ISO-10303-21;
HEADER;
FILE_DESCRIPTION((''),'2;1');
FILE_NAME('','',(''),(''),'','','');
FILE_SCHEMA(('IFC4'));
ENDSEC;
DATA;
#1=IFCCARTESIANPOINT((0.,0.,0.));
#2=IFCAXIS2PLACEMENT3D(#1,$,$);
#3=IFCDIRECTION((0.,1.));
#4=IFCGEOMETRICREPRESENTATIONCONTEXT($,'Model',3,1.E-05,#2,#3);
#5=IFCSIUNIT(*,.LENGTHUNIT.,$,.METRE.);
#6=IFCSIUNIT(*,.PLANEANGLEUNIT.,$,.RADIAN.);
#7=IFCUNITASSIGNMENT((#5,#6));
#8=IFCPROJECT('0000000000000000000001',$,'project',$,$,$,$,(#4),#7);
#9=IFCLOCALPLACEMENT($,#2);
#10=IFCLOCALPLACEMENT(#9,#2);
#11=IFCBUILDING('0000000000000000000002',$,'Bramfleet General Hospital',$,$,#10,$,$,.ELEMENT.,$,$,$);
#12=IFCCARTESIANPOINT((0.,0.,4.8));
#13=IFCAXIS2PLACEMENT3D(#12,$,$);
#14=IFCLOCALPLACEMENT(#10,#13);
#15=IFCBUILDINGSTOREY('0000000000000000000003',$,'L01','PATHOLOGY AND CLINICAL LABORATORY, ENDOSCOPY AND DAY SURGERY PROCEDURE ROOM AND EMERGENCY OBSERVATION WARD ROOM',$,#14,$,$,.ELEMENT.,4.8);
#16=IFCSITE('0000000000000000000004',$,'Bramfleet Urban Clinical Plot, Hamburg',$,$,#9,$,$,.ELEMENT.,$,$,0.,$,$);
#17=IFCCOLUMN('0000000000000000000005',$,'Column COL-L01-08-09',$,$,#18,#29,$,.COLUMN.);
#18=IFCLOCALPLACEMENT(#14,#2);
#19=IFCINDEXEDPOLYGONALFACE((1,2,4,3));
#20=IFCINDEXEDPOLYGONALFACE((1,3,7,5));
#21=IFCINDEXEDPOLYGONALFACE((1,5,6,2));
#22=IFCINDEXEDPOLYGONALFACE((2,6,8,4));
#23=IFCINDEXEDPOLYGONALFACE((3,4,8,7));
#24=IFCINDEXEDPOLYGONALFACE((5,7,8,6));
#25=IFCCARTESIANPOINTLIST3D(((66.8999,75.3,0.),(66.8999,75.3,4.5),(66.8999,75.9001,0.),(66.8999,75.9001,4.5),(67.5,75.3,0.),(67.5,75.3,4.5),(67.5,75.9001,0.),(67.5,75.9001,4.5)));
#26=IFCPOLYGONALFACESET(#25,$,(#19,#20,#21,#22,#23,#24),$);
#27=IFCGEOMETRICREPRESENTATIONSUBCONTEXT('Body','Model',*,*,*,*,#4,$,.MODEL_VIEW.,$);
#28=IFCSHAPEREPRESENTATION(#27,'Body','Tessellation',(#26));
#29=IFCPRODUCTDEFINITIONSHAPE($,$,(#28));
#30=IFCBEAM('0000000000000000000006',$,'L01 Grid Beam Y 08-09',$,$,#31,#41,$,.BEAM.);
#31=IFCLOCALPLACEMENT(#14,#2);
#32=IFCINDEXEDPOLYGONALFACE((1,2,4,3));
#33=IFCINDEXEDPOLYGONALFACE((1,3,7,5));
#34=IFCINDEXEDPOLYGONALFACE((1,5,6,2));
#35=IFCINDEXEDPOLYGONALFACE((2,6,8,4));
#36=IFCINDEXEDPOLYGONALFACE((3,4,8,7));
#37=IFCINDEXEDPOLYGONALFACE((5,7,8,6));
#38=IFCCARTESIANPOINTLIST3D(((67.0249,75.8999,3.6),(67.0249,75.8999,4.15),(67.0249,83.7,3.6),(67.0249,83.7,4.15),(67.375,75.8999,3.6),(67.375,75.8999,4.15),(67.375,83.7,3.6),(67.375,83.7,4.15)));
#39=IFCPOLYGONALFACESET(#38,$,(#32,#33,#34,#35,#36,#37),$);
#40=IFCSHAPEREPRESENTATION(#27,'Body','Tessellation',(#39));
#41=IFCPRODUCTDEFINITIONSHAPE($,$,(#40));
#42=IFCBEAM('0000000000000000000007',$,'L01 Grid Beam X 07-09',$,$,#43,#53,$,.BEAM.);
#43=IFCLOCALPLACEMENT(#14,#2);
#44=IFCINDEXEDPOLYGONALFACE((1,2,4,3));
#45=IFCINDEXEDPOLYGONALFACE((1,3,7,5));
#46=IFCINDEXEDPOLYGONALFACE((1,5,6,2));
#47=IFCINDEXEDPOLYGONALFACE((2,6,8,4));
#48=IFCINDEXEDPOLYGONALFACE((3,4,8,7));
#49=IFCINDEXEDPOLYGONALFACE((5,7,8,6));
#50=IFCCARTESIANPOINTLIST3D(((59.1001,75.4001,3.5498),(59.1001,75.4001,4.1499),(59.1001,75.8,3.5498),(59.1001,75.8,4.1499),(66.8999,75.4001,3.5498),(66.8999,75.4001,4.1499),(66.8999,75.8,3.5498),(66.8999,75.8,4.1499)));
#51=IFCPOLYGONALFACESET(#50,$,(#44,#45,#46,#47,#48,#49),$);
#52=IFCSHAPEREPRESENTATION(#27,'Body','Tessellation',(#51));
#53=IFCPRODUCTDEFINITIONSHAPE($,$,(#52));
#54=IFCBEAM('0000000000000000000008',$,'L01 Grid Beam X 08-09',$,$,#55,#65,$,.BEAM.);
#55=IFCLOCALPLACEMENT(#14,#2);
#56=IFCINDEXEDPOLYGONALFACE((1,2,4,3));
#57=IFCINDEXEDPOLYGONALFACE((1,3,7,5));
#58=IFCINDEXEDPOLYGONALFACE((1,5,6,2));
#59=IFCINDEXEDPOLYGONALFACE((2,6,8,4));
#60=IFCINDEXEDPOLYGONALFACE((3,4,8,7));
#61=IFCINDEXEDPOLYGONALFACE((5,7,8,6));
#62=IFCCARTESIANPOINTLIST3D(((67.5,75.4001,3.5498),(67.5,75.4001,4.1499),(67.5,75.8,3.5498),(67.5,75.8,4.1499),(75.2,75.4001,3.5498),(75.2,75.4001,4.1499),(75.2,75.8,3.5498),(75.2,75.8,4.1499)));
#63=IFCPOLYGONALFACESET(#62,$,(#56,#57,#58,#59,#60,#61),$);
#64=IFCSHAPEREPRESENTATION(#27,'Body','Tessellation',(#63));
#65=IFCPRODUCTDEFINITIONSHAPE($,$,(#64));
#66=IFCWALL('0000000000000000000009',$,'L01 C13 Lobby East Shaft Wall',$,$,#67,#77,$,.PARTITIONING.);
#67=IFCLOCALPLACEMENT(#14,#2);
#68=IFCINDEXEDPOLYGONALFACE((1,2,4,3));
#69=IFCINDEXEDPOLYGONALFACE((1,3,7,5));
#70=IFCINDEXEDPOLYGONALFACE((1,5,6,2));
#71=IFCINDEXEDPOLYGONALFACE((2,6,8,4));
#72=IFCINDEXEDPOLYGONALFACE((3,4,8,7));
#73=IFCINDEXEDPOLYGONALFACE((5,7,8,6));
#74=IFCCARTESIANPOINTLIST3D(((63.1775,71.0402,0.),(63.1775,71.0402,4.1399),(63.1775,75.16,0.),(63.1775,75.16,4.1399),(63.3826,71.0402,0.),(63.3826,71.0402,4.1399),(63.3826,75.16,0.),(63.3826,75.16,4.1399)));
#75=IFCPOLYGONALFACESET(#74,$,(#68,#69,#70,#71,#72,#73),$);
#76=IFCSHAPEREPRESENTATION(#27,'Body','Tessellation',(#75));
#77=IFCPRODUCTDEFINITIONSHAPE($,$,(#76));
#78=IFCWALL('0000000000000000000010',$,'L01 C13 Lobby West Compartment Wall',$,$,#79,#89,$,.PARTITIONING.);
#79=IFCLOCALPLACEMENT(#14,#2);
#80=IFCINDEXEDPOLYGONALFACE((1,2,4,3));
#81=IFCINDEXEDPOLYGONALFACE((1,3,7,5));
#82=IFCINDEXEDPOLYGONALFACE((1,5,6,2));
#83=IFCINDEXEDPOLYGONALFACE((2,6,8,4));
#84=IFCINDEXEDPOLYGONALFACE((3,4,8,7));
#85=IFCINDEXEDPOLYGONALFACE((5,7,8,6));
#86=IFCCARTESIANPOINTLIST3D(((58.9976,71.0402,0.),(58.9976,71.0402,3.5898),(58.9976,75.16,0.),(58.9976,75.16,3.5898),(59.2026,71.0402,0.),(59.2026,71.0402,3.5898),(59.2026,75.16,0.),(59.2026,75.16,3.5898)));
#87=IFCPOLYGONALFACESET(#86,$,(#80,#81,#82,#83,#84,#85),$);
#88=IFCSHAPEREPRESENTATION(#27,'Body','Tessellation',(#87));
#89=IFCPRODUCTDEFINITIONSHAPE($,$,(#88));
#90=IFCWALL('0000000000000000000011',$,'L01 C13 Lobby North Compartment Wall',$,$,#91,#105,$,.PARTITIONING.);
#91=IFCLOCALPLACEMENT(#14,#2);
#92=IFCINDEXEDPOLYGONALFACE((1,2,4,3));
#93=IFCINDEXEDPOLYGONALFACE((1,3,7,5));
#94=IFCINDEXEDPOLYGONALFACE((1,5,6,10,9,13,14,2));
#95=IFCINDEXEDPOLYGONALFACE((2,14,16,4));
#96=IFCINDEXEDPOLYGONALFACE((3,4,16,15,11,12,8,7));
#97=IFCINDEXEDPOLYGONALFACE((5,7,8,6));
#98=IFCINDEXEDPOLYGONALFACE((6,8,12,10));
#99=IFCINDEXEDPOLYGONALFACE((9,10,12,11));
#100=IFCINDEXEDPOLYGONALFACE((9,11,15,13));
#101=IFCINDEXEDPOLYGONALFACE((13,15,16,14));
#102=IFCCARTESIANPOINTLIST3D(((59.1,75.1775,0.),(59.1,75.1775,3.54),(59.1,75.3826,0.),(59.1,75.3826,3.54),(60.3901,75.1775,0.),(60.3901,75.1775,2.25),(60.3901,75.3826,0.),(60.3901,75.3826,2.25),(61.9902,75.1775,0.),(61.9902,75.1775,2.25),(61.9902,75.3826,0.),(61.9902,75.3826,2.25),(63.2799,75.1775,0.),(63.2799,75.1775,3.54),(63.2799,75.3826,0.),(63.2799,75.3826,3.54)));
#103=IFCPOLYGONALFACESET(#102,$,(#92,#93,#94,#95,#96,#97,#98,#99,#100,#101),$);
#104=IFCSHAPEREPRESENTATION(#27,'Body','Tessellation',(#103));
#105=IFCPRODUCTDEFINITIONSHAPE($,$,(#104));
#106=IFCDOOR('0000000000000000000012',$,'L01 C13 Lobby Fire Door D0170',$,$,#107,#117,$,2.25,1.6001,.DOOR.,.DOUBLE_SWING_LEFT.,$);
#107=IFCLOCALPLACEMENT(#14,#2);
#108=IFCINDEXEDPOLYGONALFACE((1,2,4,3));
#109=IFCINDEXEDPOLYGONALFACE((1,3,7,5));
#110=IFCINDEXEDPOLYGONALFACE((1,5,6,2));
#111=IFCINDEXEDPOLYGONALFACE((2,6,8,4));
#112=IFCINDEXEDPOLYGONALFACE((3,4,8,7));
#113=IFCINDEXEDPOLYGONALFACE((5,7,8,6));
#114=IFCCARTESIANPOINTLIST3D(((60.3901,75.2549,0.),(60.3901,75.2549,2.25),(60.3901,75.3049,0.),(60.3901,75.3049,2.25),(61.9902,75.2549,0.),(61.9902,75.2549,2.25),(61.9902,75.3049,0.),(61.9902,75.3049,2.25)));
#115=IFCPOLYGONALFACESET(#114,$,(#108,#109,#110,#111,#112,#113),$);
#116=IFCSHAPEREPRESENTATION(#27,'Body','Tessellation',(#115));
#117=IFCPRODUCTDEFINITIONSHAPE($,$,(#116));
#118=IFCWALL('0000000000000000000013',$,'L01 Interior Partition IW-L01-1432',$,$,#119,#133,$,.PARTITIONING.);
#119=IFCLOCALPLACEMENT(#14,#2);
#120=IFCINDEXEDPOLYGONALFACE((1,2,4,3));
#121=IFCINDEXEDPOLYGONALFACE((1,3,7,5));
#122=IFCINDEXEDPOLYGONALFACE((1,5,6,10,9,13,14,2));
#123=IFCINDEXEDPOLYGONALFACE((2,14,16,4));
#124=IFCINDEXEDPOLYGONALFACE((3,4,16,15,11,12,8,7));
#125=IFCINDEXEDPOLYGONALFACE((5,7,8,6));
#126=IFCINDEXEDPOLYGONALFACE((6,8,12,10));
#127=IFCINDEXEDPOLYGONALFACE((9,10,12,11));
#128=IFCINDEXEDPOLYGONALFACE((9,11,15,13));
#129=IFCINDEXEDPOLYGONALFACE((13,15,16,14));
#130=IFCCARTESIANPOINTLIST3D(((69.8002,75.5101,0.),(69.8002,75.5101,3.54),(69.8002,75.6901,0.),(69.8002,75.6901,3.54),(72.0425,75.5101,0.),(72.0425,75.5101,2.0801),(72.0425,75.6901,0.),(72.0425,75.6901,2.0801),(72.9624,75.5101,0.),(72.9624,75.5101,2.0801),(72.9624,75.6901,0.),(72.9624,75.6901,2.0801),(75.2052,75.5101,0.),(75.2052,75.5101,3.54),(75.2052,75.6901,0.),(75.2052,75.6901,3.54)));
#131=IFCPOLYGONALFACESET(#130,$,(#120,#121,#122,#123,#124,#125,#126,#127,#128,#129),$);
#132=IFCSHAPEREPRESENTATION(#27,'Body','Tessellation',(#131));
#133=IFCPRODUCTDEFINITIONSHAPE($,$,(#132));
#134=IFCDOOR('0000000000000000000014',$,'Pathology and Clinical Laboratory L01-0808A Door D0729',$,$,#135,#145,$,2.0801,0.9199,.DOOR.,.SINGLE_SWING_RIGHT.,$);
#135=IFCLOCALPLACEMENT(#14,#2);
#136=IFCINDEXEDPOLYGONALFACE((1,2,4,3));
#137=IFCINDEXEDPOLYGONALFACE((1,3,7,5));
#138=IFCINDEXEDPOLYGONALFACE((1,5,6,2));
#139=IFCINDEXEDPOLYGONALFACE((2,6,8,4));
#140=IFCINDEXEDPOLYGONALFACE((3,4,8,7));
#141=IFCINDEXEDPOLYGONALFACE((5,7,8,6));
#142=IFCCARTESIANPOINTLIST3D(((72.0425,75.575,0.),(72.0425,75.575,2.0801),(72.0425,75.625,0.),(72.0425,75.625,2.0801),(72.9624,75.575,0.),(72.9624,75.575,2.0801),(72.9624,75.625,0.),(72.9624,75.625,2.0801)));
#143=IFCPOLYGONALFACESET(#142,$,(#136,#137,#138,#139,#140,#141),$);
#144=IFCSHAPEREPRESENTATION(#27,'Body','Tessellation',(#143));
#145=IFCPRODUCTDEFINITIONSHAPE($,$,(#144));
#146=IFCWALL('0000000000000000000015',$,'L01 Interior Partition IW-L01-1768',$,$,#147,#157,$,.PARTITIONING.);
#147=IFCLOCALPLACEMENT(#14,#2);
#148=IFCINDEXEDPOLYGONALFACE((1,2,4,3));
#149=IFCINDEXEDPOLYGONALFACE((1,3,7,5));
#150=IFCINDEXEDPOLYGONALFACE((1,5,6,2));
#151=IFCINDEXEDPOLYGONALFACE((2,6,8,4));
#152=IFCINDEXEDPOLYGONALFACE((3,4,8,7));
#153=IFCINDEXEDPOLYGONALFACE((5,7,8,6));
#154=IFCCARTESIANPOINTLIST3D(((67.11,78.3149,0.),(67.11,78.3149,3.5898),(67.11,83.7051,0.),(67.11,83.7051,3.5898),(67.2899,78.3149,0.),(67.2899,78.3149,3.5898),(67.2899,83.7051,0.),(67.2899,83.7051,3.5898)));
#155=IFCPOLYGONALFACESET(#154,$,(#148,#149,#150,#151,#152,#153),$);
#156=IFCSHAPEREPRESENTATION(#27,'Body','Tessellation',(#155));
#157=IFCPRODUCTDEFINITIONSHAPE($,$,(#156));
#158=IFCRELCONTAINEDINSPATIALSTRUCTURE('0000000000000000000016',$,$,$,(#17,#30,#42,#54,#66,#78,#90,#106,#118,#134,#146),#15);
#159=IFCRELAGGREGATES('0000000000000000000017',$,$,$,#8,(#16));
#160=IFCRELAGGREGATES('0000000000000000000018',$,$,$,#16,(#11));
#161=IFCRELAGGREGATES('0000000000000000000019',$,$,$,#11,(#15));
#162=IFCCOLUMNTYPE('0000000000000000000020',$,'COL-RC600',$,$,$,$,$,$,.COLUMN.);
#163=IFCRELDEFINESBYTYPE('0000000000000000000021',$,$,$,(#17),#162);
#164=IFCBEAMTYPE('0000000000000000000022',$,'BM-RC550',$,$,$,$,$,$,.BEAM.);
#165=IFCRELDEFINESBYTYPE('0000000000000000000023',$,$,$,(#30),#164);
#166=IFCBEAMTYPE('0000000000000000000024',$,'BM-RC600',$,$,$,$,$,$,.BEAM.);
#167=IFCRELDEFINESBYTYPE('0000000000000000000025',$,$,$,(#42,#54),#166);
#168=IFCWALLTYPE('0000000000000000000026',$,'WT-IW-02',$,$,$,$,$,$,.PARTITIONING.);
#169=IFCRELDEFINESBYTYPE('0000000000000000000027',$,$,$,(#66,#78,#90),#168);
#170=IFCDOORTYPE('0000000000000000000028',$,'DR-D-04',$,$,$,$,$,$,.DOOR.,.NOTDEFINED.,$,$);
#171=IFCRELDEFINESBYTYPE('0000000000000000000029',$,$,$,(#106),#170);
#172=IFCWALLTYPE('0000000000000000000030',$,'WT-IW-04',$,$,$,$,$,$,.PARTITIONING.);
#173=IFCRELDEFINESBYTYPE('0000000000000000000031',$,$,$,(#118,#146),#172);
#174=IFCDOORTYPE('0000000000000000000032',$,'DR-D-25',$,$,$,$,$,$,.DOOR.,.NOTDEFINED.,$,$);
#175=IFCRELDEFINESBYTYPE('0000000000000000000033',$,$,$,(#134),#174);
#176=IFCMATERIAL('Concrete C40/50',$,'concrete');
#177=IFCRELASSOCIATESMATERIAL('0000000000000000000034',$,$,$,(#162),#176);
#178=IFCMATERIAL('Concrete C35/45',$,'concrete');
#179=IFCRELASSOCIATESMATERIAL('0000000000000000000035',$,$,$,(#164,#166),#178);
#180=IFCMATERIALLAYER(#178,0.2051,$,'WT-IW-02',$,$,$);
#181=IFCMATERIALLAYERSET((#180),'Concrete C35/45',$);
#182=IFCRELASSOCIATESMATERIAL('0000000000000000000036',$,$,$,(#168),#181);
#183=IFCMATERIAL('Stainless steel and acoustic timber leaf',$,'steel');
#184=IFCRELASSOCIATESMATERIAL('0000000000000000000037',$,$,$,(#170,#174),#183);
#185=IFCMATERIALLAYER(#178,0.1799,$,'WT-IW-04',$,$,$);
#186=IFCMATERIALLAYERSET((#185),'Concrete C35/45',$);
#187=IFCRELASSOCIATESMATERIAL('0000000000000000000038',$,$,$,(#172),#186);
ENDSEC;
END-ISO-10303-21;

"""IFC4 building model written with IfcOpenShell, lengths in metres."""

from ifc_helpers import new_model, si_unit, direction, frame, frame_2d, origin, origin_2d, place, context, subcontext, project, spatial, rectangle, extrude, material, layer, layer_set, material_profile, profile_set, type_object, element, fill, save


model = new_model("IFC4")

# Units and contexts
model_context = context("Model", 3, precision=1e-05, world=origin(), true_north=direction((0.0, 1.0)))
body_context = subcontext(model_context, "Body", "Model", "MODEL_VIEW")
ifc_project = project(units=[si_unit("LENGTHUNIT", "METRE"), si_unit("PLANEANGLEUNIT", "RADIAN")], contexts=[model_context])

# Site, building, storey
site_placement = place(None, origin())
site = spatial("IfcSite", under=ifc_project, at=site_placement, Name="Bramfleet Urban Clinical Plot, Hamburg", CompositionType="ELEMENT", RefElevation=0.0)
building_placement = place(site_placement, origin())
building = spatial("IfcBuilding", under=site, at=building_placement, Name="Bramfleet General Hospital", CompositionType="ELEMENT")
storey_placement = place(building_placement, frame((0.0, 0.0, 4.8)))
storey = spatial("IfcBuildingStorey", under=building, at=storey_placement, Name="L01", Description="PATHOLOGY AND CLINICAL LABORATORY, ENDOSCOPY AND DAY SURGERY PROCEDURE ROOM AND EMERGENCY OBSERVATION WARD ROOM", CompositionType="ELEMENT", Elevation=4.8)

# Column
ifc_material_1 = material(Name="Concrete C40/50", Category="concrete")
ifc_material_profile_1 = material_profile(ifc_material_1, rectangle(XDim=0.6001, YDim=0.6001, at=origin_2d()), Name="RC COL 600x600")
ifc_profile_set_1 = profile_set([ifc_material_profile_1], Name="Concrete C40/50")
column_type = type_object("IfcColumnType", Name="COL-RC600", PredefinedType="COLUMN", material=ifc_profile_set_1)
column_placement = place(storey_placement, frame((67.2, 75.6001, 0.0), z_axis=(0.0, 0.0, 1.0), x_axis=(1.0, 0.0, 0.0)))
element("IfcColumn", 1, at=column_placement, inside=storey, type_object=column_type, Name="Column COL-L01-08-09", PredefinedType="COLUMN", context=body_context, shape_type="SweptSolid", body=[
    extrude(rectangle(XDim=0.6001, YDim=0.6001, at=origin_2d()), origin(), (0.0, 0.0, 1.0), 4.5),
])

# Beams
ifc_material_2 = material(Name="Concrete C35/45", Category="concrete")
ifc_material_profile_2 = material_profile(ifc_material_2, rectangle(XDim=0.3501, YDim=0.55, at=origin_2d()), Name="RC BM 550x350")
ifc_profile_set_2 = profile_set([ifc_material_profile_2], Name="Concrete C35/45")
beam_type_1 = type_object("IfcBeamType", Name="BM-RC550", PredefinedType="BEAM", material=ifc_profile_set_2)
beam_1_placement = place(storey_placement, frame((67.2, 75.8999, 3.875), z_axis=(0.0, 1.0, 0.0), x_axis=(-1.0, 0.0, 0.0)))
element("IfcBeam", 2, at=beam_1_placement, inside=storey, type_object=beam_type_1, Name="L01 Grid Beam Y 08-09", PredefinedType="BEAM", context=body_context, shape_type="SweptSolid", body=[
    extrude(rectangle(XDim=0.3501, YDim=0.55, at=origin_2d()), origin(), (0.0, 0.0, 1.0), 7.8),
])
ifc_material_profile_3 = material_profile(ifc_material_2, rectangle(XDim=0.3999, YDim=0.6001, at=origin_2d()), Name="RC BM 600x400")
ifc_profile_set_3 = profile_set([ifc_material_profile_3], Name="Concrete C35/45")
beam_type_2 = type_object("IfcBeamType", Name="BM-RC600", PredefinedType="BEAM", material=ifc_profile_set_3)
beam_2_placement = place(storey_placement, frame((59.1001, 75.6001, 3.8499), z_axis=(1.0, 0.0, 0.0), x_axis=(0.0, 1.0, 0.0)))
element("IfcBeam", 3, at=beam_2_placement, inside=storey, type_object=beam_type_2, Name="L01 Grid Beam X 07-09", PredefinedType="BEAM", context=body_context, shape_type="SweptSolid", body=[
    extrude(rectangle(XDim=0.3999, YDim=0.6001, at=origin_2d()), origin(), (0.0, 0.0, 1.0), 7.7998),
])
beam_3_placement = place(storey_placement, frame((67.5, 75.6001, 3.8499), z_axis=(1.0, 0.0, 0.0), x_axis=(0.0, 1.0, 0.0)))
element("IfcBeam", 4, at=beam_3_placement, inside=storey, type_object=beam_type_2, Name="L01 Grid Beam X 08-09", PredefinedType="BEAM", context=body_context, shape_type="SweptSolid", body=[
    extrude(rectangle(XDim=0.3999, YDim=0.6001, at=origin_2d()), origin(), (0.0, 0.0, 1.0), 7.7),
])

# Walls
ifc_layer_1 = layer(ifc_material_2, 0.2051, Name="WT-IW-02")
ifc_layer_set_1 = layer_set([ifc_layer_1], Name="Concrete C35/45")
wall_type_1 = type_object("IfcWallType", Name="WT-IW-02", PredefinedType="PARTITIONING", material=ifc_layer_set_1)
wall_1_placement = place(storey_placement, frame((63.28, 71.04, 0.0), z_axis=(0.0, 0.0, 1.0), x_axis=(0.0, 1.0, 0.0)))
element("IfcWall", 5, at=wall_1_placement, inside=storey, type_object=wall_type_1, Name="L01 C13 Lobby East Shaft Wall", PredefinedType="PARTITIONING", context=body_context, shape_type="SweptSolid", body=[
    extrude(rectangle(XDim=4.1199, YDim=0.2051, at=frame_2d((2.0601, 0.0))), origin(), (0.0, 0.0, 1.0), 4.1399),
])
wall_2_placement = place(storey_placement, frame((59.1001, 71.04, 0.0), z_axis=(0.0, 0.0, 1.0), x_axis=(0.0, 1.0, 0.0)))
element("IfcWall", 6, at=wall_2_placement, inside=storey, type_object=wall_type_1, Name="L01 C13 Lobby West Compartment Wall", PredefinedType="PARTITIONING", context=body_context, shape_type="SweptSolid", body=[
    extrude(rectangle(XDim=4.1199, YDim=0.2051, at=frame_2d((2.0601, 0.0))), origin(), (0.0, 0.0, 1.0), 3.5898),
])

# Walls, openings, doors
wall_3_placement = place(storey_placement, frame((59.1001, 75.28, 0.0), z_axis=(0.0, 0.0, 1.0), x_axis=(1.0, 0.0, 0.0)))
wall_3 = element("IfcWall", 7, at=wall_3_placement, inside=storey, type_object=wall_type_1, Name="L01 C13 Lobby North Compartment Wall", PredefinedType="PARTITIONING", context=body_context, shape_type="SweptSolid", body=[
    extrude(rectangle(XDim=4.1799, YDim=0.2051, at=frame_2d((2.0898, 0.0))), origin(), (0.0, 0.0, 1.0), 3.54),
])
opening_1_placement = place(wall_3_placement, frame((1.29, 0.0, 0.0)))
opening_1 = element("IfcOpeningElement", 8, at=opening_1_placement, cuts=wall_3, PredefinedType="OPENING", context=body_context, shape_type="SweptSolid", body=[
    extrude(rectangle(XDim=1.6001, YDim=2.25, at=frame_2d((0.8, 1.125))), frame((0.0, 0.1125, 0.0), z_axis=(0.0, -1.0, 0.0), x_axis=(1.0, 0.0, 0.0)), (0.0, 0.0, 1.0), 0.2251),
])
ifc_material_3 = material(Name="Stainless steel and acoustic timber leaf", Category="steel")
door_type_1 = type_object("IfcDoorType", Name="DR-D-04", OperationType="NOTDEFINED", PredefinedType="DOOR", material=ifc_material_3)
door_1_placement = place(opening_1_placement, origin())
door_1 = element("IfcDoor", 9, at=door_1_placement, inside=storey, type_object=door_type_1, Name="L01 C13 Lobby Fire Door D0170", OperationType="DOUBLE_SWING_LEFT", OverallHeight=2.25, OverallWidth=1.6001, PredefinedType="DOOR", context=body_context, shape_type="SweptSolid", body=[
    extrude(rectangle(XDim=1.6001, YDim=2.25, at=frame_2d((0.8, 1.125))), frame((0.0, 0.0249, 0.0), z_axis=(0.0, -1.0, 0.0), x_axis=(1.0, 0.0, 0.0)), (0.0, 0.0, 1.0), 0.05),
])
fill(opening_1, door_1)
ifc_layer_2 = layer(ifc_material_2, 0.1799, Name="WT-IW-04")
ifc_layer_set_2 = layer_set([ifc_layer_2], Name="Concrete C35/45")
wall_type_2 = type_object("IfcWallType", Name="WT-IW-04", PredefinedType="PARTITIONING", material=ifc_layer_set_2)
wall_4_placement = place(storey_placement, frame((69.8, 75.6001, 0.0), z_axis=(0.0, 0.0, 1.0), x_axis=(1.0, 0.0, 0.0)))
wall_4 = element("IfcWall", 10, at=wall_4_placement, inside=storey, type_object=wall_type_2, Name="L01 Interior Partition IW-L01-1432", PredefinedType="PARTITIONING", context=body_context, shape_type="SweptSolid", body=[
    extrude(rectangle(XDim=5.405, YDim=0.1799, at=frame_2d((2.7026, 0.0))), origin(), (0.0, 0.0, 1.0), 3.54),
])
opening_2_placement = place(wall_4_placement, frame((2.2424, 0.0, 0.0)))
opening_2 = element("IfcOpeningElement", 11, at=opening_2_placement, cuts=wall_4, PredefinedType="OPENING", context=body_context, shape_type="SweptSolid", body=[
    extrude(rectangle(XDim=0.9199, YDim=2.0801, at=frame_2d((0.46, 1.04))), frame((0.0, 0.0999, 0.0), z_axis=(0.0, -1.0, 0.0), x_axis=(1.0, 0.0, 0.0)), (0.0, 0.0, 1.0), 0.2),
])
door_type_2 = type_object("IfcDoorType", Name="DR-D-25", OperationType="NOTDEFINED", PredefinedType="DOOR", material=ifc_material_3)
door_2_placement = place(opening_2_placement, origin())
door_2 = element("IfcDoor", 12, at=door_2_placement, inside=storey, type_object=door_type_2, Name="Pathology and Clinical Laboratory L01-0808A Door D0729", OperationType="SINGLE_SWING_RIGHT", OverallHeight=2.0801, OverallWidth=0.9199, PredefinedType="DOOR", context=body_context, shape_type="SweptSolid", body=[
    extrude(rectangle(XDim=0.9199, YDim=2.0801, at=frame_2d((0.46, 1.04))), frame((0.0, 0.0249, 0.0), z_axis=(0.0, -1.0, 0.0), x_axis=(1.0, 0.0, 0.0)), (0.0, 0.0, 1.0), 0.05),
])
fill(opening_2, door_2)

# Wall
wall_5_placement = place(storey_placement, frame((67.2, 78.3149, 0.0), z_axis=(0.0, 0.0, 1.0), x_axis=(0.0, 1.0, 0.0)))
element("IfcWall", 13, at=wall_5_placement, inside=storey, type_object=wall_type_2, Name="L01 Interior Partition IW-L01-1768", PredefinedType="PARTITIONING", context=body_context, shape_type="SweptSolid", body=[
    extrude(rectangle(XDim=5.3901, YDim=0.1799, at=frame_2d((2.6951, 0.0))), origin(), (0.0, 0.0, 1.0), 3.5898),
])

save(model, "model.ifc")
